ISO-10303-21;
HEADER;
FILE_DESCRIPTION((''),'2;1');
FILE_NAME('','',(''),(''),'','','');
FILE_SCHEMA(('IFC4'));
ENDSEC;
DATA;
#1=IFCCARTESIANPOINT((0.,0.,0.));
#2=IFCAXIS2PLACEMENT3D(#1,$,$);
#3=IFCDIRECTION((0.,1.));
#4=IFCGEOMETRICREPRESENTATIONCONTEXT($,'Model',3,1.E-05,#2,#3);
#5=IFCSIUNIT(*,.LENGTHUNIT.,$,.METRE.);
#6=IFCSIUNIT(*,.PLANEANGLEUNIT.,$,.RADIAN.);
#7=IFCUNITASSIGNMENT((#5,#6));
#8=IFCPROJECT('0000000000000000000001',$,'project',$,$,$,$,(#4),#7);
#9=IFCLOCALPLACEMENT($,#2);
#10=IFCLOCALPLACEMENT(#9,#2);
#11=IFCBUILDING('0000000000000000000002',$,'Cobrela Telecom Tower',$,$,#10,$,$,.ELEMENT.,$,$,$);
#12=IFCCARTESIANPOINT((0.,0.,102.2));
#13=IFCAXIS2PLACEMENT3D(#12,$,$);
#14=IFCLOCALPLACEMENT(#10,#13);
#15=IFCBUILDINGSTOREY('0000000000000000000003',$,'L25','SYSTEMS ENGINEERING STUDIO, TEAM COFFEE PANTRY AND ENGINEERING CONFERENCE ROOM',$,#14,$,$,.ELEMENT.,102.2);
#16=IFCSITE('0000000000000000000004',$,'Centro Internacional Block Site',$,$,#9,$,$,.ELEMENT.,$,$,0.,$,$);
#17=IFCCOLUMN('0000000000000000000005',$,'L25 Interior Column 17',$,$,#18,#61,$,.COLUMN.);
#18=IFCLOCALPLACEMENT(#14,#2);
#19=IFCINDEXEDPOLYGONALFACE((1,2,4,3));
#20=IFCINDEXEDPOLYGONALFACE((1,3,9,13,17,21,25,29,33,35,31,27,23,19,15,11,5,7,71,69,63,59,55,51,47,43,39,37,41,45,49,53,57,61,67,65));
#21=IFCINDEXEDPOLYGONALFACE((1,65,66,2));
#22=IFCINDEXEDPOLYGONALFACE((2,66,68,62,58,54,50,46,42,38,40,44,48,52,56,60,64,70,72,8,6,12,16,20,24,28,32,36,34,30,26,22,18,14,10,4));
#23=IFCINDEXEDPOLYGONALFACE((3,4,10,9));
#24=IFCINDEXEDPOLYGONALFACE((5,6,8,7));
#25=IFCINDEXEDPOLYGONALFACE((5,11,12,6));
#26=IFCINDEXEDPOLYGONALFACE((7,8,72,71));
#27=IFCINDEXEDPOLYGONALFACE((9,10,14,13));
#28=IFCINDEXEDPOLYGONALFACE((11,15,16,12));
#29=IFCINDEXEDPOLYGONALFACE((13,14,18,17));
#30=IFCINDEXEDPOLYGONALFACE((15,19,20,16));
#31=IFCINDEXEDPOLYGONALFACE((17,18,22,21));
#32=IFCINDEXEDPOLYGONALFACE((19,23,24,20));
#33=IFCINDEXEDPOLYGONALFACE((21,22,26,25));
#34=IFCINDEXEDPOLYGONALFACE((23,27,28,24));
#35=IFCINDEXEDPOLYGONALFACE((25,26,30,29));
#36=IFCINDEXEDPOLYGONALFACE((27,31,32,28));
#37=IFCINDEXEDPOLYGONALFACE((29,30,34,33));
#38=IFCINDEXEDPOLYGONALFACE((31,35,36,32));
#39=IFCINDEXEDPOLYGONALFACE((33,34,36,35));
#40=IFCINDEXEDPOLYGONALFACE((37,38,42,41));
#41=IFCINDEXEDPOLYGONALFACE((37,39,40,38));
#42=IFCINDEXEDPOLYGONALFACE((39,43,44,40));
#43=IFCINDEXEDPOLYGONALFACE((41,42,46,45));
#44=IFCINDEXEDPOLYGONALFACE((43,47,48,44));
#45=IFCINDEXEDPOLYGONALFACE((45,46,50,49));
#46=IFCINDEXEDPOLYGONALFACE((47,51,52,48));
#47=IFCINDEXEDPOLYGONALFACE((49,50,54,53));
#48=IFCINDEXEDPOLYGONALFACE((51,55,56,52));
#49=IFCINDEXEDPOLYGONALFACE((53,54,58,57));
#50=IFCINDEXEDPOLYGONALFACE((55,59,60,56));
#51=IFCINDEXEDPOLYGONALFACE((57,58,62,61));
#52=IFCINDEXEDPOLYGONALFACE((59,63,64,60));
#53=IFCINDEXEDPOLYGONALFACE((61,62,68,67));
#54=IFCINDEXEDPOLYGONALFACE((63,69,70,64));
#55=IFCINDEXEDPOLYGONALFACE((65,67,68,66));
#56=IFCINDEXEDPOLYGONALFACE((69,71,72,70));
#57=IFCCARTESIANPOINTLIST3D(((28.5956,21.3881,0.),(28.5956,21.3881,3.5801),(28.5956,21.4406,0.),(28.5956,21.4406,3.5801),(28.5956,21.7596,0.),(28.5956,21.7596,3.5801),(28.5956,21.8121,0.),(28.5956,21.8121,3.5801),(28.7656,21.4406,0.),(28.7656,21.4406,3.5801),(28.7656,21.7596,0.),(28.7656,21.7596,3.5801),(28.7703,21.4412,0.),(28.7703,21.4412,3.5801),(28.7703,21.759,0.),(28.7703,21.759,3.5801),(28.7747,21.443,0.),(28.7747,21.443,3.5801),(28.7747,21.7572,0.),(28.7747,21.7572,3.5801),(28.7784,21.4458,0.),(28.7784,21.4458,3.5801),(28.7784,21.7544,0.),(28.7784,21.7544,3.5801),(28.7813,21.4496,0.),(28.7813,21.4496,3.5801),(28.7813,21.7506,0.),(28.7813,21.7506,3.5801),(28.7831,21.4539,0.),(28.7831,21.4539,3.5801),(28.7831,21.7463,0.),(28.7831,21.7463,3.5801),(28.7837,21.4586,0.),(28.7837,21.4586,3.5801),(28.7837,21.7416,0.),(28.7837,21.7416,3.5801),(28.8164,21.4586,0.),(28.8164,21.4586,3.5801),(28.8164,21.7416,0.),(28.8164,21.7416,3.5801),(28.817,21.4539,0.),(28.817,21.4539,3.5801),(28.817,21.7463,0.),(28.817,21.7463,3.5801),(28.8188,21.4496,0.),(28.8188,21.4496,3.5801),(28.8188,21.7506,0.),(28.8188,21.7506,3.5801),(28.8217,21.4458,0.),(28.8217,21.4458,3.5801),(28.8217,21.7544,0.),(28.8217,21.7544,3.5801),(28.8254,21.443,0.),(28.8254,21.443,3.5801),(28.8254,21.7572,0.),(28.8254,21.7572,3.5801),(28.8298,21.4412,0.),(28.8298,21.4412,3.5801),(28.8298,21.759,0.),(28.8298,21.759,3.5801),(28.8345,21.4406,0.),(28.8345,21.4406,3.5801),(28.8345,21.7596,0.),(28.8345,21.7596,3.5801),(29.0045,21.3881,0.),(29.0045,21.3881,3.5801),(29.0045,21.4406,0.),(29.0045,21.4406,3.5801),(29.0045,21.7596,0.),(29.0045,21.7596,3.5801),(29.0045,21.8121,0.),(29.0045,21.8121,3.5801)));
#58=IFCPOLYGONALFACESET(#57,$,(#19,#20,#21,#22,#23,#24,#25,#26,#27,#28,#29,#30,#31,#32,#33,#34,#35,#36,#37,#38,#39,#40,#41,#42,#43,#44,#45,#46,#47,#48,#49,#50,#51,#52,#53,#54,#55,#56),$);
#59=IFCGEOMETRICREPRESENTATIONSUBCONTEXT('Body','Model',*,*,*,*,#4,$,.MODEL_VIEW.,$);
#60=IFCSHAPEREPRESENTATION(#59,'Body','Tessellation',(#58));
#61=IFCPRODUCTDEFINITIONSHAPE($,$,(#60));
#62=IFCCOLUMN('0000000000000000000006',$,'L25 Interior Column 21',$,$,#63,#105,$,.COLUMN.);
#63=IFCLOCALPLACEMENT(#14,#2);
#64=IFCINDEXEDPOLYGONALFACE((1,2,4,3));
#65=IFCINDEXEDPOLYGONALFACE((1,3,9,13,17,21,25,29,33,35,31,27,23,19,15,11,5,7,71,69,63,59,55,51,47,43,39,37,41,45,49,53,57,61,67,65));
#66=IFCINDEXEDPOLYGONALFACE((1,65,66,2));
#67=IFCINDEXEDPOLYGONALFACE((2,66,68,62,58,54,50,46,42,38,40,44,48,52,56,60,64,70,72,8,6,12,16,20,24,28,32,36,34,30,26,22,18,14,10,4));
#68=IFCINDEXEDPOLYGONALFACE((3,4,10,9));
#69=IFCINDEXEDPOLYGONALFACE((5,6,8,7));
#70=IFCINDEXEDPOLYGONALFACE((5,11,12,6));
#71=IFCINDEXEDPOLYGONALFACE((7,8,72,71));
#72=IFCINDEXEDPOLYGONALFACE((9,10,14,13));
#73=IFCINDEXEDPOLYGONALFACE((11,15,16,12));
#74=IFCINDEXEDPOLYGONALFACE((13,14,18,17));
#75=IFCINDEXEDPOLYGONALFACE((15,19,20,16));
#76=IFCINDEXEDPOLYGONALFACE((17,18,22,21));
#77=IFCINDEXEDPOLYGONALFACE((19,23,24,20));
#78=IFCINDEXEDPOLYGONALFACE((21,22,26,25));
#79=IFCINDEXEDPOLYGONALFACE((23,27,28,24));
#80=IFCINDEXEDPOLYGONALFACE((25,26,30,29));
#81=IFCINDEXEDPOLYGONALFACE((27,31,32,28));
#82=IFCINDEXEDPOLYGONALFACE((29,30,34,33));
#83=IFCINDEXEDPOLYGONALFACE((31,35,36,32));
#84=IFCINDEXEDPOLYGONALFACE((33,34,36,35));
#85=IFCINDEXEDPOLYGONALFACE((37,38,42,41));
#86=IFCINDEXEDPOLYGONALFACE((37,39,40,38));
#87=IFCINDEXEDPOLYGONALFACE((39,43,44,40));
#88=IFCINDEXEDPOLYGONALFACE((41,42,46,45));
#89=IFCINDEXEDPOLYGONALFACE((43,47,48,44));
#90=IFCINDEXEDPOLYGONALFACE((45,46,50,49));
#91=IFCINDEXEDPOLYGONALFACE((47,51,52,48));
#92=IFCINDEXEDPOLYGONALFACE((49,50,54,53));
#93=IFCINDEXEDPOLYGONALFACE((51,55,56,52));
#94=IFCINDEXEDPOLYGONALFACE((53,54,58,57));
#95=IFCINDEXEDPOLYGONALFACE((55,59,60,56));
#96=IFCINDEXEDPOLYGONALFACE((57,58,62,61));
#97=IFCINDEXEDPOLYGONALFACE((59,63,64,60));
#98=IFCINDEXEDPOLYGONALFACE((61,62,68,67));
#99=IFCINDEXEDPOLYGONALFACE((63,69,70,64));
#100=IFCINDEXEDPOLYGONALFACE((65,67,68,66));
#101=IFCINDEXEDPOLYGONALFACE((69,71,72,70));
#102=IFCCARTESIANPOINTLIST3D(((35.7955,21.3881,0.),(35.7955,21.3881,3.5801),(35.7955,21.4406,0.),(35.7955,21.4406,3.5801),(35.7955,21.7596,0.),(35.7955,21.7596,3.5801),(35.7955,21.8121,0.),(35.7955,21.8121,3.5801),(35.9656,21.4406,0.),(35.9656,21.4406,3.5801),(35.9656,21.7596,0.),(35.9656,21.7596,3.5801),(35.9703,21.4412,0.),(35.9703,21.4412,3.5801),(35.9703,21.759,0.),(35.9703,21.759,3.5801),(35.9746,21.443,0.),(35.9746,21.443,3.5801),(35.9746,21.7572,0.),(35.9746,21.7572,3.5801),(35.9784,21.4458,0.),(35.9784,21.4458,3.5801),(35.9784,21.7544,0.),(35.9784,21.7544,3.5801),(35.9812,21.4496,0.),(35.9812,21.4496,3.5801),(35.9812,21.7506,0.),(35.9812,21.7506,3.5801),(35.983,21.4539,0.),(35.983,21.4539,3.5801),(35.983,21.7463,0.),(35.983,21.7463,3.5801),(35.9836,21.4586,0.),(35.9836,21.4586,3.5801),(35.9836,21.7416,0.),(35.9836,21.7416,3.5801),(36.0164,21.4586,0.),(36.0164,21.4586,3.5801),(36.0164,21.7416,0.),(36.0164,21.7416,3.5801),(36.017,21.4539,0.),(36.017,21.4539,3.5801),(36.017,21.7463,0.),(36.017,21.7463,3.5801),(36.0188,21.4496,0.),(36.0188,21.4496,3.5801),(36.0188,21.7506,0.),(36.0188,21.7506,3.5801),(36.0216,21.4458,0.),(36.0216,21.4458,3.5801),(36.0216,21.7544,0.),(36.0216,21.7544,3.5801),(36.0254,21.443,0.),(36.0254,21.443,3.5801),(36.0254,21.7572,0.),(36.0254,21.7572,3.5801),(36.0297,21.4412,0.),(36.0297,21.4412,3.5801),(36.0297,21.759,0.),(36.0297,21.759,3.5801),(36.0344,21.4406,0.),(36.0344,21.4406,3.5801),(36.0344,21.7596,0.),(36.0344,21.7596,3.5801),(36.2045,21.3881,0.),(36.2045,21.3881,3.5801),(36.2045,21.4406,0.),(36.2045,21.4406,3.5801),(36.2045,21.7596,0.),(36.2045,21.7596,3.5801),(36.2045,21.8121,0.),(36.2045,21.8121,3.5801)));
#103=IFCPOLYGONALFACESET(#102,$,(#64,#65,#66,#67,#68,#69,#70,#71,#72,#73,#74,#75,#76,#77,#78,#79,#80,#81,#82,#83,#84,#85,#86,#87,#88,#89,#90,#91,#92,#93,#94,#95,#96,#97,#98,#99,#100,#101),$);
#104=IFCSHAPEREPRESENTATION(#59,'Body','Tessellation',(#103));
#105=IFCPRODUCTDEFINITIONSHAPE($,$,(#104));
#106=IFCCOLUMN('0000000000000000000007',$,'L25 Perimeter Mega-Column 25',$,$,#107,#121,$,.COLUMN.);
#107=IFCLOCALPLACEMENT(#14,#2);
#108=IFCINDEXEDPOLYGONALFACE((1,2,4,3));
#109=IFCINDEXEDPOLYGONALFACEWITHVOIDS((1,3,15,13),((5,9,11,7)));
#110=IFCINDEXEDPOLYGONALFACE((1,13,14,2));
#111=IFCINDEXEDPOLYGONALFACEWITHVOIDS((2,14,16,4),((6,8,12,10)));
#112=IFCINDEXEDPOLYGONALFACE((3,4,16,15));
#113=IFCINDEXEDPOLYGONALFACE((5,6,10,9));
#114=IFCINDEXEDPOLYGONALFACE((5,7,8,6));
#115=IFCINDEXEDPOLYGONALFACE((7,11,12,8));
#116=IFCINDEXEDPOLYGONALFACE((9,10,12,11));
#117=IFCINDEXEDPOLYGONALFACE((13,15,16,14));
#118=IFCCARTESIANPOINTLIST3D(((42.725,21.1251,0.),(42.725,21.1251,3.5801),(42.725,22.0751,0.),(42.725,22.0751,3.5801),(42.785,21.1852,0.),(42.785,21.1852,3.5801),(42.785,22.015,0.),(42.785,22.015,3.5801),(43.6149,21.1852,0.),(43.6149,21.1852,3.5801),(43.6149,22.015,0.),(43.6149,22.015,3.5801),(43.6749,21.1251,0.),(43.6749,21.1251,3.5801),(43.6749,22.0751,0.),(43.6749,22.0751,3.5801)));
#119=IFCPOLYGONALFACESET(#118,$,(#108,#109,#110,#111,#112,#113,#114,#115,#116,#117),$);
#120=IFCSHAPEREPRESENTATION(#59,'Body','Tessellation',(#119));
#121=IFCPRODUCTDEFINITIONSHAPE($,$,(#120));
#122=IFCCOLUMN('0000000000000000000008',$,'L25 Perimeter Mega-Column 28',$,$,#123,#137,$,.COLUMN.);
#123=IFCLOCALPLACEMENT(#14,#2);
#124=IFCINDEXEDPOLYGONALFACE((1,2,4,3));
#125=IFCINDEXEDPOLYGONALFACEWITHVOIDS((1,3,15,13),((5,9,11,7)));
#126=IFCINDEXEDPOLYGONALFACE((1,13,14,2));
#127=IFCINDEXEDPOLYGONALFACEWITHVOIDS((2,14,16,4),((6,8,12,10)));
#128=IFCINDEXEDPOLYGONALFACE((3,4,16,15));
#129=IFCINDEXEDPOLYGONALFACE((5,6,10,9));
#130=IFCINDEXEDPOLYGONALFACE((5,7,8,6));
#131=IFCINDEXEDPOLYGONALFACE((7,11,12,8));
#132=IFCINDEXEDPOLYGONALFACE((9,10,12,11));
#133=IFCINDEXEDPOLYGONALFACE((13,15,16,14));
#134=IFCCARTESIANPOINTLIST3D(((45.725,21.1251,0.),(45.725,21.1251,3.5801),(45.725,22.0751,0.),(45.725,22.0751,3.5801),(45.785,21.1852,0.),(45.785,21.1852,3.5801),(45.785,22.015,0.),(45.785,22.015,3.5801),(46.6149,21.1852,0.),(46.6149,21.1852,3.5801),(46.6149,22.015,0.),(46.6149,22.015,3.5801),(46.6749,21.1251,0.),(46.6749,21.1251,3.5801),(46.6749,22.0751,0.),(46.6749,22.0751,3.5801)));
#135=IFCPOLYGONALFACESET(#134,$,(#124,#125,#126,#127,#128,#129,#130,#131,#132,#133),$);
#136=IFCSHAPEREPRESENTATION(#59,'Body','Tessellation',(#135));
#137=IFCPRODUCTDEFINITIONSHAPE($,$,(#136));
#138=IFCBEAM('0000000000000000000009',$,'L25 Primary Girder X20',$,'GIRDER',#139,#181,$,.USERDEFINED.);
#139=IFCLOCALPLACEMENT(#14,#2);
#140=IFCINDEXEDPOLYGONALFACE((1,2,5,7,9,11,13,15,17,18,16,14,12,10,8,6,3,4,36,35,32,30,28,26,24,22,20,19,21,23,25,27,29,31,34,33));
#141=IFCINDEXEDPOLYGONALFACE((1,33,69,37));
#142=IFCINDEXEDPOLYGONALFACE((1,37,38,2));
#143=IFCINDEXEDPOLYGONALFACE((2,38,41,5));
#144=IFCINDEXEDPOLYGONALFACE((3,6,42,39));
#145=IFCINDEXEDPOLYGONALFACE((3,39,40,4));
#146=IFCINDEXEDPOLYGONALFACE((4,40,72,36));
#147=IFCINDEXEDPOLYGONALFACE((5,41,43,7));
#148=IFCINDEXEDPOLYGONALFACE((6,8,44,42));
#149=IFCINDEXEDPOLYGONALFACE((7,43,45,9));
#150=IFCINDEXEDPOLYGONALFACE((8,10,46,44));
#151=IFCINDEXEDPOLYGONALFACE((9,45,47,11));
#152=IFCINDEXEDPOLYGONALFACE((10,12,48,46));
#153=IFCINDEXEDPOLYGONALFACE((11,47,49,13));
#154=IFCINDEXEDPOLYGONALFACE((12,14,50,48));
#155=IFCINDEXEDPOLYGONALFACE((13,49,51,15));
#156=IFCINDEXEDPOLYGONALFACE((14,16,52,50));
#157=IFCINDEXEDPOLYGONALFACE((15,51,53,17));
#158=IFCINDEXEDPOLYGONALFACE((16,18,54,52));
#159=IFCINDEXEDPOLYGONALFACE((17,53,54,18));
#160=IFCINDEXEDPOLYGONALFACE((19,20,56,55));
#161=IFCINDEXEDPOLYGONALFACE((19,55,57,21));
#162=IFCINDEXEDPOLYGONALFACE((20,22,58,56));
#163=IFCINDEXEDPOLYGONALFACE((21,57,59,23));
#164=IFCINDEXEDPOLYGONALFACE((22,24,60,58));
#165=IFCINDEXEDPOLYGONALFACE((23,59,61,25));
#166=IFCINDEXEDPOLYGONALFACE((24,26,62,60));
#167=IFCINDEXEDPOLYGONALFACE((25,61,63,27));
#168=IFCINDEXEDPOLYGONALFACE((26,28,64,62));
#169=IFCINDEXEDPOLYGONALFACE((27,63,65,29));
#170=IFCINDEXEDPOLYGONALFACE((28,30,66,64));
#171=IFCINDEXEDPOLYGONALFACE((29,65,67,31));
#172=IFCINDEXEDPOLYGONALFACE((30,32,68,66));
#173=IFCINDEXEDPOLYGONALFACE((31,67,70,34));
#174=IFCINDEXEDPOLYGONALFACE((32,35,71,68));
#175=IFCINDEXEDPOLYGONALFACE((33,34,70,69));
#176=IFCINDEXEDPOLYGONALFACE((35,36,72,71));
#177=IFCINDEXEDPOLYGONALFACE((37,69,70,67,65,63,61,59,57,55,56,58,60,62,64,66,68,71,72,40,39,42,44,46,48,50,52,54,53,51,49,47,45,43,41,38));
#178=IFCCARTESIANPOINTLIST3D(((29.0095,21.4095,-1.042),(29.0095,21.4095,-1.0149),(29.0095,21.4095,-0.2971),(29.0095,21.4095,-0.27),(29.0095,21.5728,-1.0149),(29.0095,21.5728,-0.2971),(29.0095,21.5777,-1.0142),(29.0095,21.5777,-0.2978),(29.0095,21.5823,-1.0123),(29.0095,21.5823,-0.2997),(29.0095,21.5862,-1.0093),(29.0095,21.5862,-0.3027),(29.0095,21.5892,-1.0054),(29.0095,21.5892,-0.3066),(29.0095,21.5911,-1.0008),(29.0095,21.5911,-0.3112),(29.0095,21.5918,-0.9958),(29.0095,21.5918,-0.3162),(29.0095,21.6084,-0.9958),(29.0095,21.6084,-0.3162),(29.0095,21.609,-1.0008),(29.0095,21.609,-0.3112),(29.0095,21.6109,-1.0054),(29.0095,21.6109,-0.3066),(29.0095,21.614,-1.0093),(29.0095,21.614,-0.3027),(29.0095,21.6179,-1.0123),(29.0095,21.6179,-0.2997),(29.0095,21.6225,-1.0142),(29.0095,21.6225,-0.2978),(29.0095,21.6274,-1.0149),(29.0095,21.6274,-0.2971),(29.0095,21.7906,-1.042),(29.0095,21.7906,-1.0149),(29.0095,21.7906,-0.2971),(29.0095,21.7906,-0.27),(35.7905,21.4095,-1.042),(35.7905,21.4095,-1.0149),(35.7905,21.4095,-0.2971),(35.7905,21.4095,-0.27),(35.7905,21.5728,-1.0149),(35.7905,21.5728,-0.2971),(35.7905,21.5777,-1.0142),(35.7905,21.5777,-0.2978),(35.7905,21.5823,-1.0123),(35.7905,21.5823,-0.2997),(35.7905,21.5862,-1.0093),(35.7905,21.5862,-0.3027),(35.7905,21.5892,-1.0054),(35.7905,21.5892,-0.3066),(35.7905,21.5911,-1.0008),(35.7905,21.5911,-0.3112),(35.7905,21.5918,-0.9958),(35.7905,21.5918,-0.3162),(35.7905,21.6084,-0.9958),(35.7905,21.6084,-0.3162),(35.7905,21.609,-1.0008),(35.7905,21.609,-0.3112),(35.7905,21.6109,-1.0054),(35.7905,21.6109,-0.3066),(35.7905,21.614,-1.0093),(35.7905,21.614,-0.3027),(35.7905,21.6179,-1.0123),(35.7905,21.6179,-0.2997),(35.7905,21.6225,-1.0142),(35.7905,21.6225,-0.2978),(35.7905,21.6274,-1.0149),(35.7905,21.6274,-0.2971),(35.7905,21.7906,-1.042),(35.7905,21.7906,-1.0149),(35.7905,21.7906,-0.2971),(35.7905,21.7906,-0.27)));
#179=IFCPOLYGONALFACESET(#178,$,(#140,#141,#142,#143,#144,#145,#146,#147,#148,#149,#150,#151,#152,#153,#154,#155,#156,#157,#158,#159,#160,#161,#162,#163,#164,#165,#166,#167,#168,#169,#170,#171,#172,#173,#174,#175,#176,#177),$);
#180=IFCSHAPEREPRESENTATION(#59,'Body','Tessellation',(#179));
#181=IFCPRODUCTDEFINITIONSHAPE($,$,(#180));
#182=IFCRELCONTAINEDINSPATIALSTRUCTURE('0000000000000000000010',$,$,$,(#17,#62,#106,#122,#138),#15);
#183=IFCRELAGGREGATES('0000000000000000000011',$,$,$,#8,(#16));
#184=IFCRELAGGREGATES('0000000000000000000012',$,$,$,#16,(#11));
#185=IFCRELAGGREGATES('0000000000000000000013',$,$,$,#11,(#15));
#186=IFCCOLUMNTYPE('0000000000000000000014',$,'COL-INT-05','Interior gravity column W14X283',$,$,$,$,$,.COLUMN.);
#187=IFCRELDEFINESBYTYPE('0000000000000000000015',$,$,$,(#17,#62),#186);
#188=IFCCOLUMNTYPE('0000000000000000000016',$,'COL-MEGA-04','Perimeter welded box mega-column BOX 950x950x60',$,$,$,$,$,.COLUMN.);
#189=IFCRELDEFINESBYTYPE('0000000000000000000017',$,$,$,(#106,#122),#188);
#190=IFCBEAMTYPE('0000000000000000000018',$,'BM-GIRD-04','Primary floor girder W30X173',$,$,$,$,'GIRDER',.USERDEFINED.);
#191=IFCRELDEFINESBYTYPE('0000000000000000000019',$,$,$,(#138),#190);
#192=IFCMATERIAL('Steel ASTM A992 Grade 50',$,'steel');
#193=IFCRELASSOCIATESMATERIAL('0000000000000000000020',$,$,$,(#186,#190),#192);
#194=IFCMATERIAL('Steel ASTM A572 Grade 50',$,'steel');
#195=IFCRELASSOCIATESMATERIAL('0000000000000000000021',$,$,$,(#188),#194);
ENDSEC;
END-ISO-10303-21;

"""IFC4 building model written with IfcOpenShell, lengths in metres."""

from ifc_helpers import new_model, si_unit, direction, frame, origin, origin_2d, place, context, subcontext, project, spatial, hollow_rectangle, i_section, extrude, material, material_profile, profile_set, type_object, element, save


model = new_model("IFC4")

# Units and contexts
model_context = context("Model", 3, precision=1e-05, world=origin(), true_north=direction((0.0, 1.0)))
body_context = subcontext(model_context, "Body", "Model", "MODEL_VIEW")
ifc_project = project(units=[si_unit("LENGTHUNIT", "METRE"), si_unit("PLANEANGLEUNIT", "RADIAN")], contexts=[model_context])

# Site, building, storey
site_placement = place(None, origin())
site = spatial("IfcSite", under=ifc_project, at=site_placement, Name="Centro Internacional Block Site", CompositionType="ELEMENT", RefElevation=0.0)
building_placement = place(site_placement, origin())
building = spatial("IfcBuilding", under=site, at=building_placement, Name="Cobrela Telecom Tower", CompositionType="ELEMENT")
storey_placement = place(building_placement, frame((0.0, 0.0, 102.2)))
storey = spatial("IfcBuildingStorey", under=building, at=storey_placement, Name="L25", Description="SYSTEMS ENGINEERING STUDIO, TEAM COFFEE PANTRY AND ENGINEERING CONFERENCE ROOM", CompositionType="ELEMENT", Elevation=102.2)

# Columns
ifc_material_1 = material(Name="Steel ASTM A992 Grade 50", Category="steel")
ifc_material_profile_1 = material_profile(ifc_material_1, i_section(OverallWidth=0.4089, OverallDepth=0.4241, WebThickness=0.0327, FlangeThickness=0.0525, FilletRadius=0.0181, at=origin_2d()), Name="W14X283")
ifc_profile_set_1 = profile_set([ifc_material_profile_1], Name="Steel ASTM A992 Grade 50")
column_type_1 = type_object("IfcColumnType", Name="COL-INT-05", Description="Interior gravity column W14X283", PredefinedType="COLUMN", material=ifc_profile_set_1)
for number, where, z_axis, x_axis, name in (
    (1, (28.8, 21.6001, 0.0), (0.0, 0.0, 1.0), (1.0, 0.0, 0.0), "L25 Interior Column 17"),
    (2, (36.0, 21.6001, 0.0), (0.0, 0.0, 1.0), (1.0, 0.0, 0.0), "L25 Interior Column 21"),
):
    element("IfcColumn", number, at=place(storey_placement, frame(where, z_axis=z_axis, x_axis=x_axis)), inside=storey, type_object=column_type_1, Name=name, PredefinedType="COLUMN", context=body_context, shape_type="SweptSolid", body=[
        extrude(i_section(OverallWidth=0.4089, OverallDepth=0.4241, WebThickness=0.0327, FlangeThickness=0.0525, FilletRadius=0.0181, at=origin_2d()), origin(), (0.0, 0.0, 1.0), 3.5801),
    ])
ifc_material_2 = material(Name="Steel ASTM A572 Grade 50", Category="steel")
ifc_material_profile_2 = material_profile(ifc_material_2, hollow_rectangle(XDim=0.95, YDim=0.95, WallThickness=0.0601, at=origin_2d()), Name="BOX 950x950x60")
ifc_profile_set_2 = profile_set([ifc_material_profile_2], Name="Steel ASTM A572 Grade 50")
column_type_2 = type_object("IfcColumnType", Name="COL-MEGA-04", Description="Perimeter welded box mega-column BOX 950x950x60", PredefinedType="COLUMN", material=ifc_profile_set_2)
for number, where, z_axis, x_axis, name in (
    (3, (43.2, 21.6001, 0.0), (0.0, 0.0, 1.0), (1.0, 0.0, 0.0), "L25 Perimeter Mega-Column 25"),
    (4, (46.2, 21.6001, 0.0), (0.0, 0.0, 1.0), (1.0, 0.0, 0.0), "L25 Perimeter Mega-Column 28"),
):
    element("IfcColumn", number, at=place(storey_placement, frame(where, z_axis=z_axis, x_axis=x_axis)), inside=storey, type_object=column_type_2, Name=name, PredefinedType="COLUMN", context=body_context, shape_type="SweptSolid", body=[
        extrude(hollow_rectangle(XDim=0.95, YDim=0.95, WallThickness=0.0601, at=origin_2d()), origin(), (0.0, 0.0, 1.0), 3.5801),
    ])

# Beam
ifc_material_profile_3 = material_profile(ifc_material_1, i_section(OverallWidth=0.3811, OverallDepth=0.772, WebThickness=0.0166, FlangeThickness=0.0271, FilletRadius=0.019, at=origin_2d()), Name="W30X173")
ifc_profile_set_3 = profile_set([ifc_material_profile_3], Name="Steel ASTM A992 Grade 50")
beam_type_1 = type_object("IfcBeamType", Name="BM-GIRD-04", Description="Primary floor girder W30X173", ElementType="GIRDER", PredefinedType="USERDEFINED", material=ifc_profile_set_3)
beam_1_placement = place(storey_placement, frame((29.0095, 21.6001, -0.656), z_axis=(1.0, 0.0, 0.0), x_axis=(0.0, 1.0, 0.0)))
element("IfcBeam", 5, at=beam_1_placement, inside=storey, type_object=beam_type_1, Name="L25 Primary Girder X20", ObjectType="GIRDER", PredefinedType="USERDEFINED", context=body_context, shape_type="SweptSolid", body=[
    extrude(i_section(OverallWidth=0.3811, OverallDepth=0.772, WebThickness=0.0166, FlangeThickness=0.0271, FilletRadius=0.019, at=origin_2d()), origin(), (0.0, 0.0, 1.0), 6.781),
])

save(model, "model.ifc")
